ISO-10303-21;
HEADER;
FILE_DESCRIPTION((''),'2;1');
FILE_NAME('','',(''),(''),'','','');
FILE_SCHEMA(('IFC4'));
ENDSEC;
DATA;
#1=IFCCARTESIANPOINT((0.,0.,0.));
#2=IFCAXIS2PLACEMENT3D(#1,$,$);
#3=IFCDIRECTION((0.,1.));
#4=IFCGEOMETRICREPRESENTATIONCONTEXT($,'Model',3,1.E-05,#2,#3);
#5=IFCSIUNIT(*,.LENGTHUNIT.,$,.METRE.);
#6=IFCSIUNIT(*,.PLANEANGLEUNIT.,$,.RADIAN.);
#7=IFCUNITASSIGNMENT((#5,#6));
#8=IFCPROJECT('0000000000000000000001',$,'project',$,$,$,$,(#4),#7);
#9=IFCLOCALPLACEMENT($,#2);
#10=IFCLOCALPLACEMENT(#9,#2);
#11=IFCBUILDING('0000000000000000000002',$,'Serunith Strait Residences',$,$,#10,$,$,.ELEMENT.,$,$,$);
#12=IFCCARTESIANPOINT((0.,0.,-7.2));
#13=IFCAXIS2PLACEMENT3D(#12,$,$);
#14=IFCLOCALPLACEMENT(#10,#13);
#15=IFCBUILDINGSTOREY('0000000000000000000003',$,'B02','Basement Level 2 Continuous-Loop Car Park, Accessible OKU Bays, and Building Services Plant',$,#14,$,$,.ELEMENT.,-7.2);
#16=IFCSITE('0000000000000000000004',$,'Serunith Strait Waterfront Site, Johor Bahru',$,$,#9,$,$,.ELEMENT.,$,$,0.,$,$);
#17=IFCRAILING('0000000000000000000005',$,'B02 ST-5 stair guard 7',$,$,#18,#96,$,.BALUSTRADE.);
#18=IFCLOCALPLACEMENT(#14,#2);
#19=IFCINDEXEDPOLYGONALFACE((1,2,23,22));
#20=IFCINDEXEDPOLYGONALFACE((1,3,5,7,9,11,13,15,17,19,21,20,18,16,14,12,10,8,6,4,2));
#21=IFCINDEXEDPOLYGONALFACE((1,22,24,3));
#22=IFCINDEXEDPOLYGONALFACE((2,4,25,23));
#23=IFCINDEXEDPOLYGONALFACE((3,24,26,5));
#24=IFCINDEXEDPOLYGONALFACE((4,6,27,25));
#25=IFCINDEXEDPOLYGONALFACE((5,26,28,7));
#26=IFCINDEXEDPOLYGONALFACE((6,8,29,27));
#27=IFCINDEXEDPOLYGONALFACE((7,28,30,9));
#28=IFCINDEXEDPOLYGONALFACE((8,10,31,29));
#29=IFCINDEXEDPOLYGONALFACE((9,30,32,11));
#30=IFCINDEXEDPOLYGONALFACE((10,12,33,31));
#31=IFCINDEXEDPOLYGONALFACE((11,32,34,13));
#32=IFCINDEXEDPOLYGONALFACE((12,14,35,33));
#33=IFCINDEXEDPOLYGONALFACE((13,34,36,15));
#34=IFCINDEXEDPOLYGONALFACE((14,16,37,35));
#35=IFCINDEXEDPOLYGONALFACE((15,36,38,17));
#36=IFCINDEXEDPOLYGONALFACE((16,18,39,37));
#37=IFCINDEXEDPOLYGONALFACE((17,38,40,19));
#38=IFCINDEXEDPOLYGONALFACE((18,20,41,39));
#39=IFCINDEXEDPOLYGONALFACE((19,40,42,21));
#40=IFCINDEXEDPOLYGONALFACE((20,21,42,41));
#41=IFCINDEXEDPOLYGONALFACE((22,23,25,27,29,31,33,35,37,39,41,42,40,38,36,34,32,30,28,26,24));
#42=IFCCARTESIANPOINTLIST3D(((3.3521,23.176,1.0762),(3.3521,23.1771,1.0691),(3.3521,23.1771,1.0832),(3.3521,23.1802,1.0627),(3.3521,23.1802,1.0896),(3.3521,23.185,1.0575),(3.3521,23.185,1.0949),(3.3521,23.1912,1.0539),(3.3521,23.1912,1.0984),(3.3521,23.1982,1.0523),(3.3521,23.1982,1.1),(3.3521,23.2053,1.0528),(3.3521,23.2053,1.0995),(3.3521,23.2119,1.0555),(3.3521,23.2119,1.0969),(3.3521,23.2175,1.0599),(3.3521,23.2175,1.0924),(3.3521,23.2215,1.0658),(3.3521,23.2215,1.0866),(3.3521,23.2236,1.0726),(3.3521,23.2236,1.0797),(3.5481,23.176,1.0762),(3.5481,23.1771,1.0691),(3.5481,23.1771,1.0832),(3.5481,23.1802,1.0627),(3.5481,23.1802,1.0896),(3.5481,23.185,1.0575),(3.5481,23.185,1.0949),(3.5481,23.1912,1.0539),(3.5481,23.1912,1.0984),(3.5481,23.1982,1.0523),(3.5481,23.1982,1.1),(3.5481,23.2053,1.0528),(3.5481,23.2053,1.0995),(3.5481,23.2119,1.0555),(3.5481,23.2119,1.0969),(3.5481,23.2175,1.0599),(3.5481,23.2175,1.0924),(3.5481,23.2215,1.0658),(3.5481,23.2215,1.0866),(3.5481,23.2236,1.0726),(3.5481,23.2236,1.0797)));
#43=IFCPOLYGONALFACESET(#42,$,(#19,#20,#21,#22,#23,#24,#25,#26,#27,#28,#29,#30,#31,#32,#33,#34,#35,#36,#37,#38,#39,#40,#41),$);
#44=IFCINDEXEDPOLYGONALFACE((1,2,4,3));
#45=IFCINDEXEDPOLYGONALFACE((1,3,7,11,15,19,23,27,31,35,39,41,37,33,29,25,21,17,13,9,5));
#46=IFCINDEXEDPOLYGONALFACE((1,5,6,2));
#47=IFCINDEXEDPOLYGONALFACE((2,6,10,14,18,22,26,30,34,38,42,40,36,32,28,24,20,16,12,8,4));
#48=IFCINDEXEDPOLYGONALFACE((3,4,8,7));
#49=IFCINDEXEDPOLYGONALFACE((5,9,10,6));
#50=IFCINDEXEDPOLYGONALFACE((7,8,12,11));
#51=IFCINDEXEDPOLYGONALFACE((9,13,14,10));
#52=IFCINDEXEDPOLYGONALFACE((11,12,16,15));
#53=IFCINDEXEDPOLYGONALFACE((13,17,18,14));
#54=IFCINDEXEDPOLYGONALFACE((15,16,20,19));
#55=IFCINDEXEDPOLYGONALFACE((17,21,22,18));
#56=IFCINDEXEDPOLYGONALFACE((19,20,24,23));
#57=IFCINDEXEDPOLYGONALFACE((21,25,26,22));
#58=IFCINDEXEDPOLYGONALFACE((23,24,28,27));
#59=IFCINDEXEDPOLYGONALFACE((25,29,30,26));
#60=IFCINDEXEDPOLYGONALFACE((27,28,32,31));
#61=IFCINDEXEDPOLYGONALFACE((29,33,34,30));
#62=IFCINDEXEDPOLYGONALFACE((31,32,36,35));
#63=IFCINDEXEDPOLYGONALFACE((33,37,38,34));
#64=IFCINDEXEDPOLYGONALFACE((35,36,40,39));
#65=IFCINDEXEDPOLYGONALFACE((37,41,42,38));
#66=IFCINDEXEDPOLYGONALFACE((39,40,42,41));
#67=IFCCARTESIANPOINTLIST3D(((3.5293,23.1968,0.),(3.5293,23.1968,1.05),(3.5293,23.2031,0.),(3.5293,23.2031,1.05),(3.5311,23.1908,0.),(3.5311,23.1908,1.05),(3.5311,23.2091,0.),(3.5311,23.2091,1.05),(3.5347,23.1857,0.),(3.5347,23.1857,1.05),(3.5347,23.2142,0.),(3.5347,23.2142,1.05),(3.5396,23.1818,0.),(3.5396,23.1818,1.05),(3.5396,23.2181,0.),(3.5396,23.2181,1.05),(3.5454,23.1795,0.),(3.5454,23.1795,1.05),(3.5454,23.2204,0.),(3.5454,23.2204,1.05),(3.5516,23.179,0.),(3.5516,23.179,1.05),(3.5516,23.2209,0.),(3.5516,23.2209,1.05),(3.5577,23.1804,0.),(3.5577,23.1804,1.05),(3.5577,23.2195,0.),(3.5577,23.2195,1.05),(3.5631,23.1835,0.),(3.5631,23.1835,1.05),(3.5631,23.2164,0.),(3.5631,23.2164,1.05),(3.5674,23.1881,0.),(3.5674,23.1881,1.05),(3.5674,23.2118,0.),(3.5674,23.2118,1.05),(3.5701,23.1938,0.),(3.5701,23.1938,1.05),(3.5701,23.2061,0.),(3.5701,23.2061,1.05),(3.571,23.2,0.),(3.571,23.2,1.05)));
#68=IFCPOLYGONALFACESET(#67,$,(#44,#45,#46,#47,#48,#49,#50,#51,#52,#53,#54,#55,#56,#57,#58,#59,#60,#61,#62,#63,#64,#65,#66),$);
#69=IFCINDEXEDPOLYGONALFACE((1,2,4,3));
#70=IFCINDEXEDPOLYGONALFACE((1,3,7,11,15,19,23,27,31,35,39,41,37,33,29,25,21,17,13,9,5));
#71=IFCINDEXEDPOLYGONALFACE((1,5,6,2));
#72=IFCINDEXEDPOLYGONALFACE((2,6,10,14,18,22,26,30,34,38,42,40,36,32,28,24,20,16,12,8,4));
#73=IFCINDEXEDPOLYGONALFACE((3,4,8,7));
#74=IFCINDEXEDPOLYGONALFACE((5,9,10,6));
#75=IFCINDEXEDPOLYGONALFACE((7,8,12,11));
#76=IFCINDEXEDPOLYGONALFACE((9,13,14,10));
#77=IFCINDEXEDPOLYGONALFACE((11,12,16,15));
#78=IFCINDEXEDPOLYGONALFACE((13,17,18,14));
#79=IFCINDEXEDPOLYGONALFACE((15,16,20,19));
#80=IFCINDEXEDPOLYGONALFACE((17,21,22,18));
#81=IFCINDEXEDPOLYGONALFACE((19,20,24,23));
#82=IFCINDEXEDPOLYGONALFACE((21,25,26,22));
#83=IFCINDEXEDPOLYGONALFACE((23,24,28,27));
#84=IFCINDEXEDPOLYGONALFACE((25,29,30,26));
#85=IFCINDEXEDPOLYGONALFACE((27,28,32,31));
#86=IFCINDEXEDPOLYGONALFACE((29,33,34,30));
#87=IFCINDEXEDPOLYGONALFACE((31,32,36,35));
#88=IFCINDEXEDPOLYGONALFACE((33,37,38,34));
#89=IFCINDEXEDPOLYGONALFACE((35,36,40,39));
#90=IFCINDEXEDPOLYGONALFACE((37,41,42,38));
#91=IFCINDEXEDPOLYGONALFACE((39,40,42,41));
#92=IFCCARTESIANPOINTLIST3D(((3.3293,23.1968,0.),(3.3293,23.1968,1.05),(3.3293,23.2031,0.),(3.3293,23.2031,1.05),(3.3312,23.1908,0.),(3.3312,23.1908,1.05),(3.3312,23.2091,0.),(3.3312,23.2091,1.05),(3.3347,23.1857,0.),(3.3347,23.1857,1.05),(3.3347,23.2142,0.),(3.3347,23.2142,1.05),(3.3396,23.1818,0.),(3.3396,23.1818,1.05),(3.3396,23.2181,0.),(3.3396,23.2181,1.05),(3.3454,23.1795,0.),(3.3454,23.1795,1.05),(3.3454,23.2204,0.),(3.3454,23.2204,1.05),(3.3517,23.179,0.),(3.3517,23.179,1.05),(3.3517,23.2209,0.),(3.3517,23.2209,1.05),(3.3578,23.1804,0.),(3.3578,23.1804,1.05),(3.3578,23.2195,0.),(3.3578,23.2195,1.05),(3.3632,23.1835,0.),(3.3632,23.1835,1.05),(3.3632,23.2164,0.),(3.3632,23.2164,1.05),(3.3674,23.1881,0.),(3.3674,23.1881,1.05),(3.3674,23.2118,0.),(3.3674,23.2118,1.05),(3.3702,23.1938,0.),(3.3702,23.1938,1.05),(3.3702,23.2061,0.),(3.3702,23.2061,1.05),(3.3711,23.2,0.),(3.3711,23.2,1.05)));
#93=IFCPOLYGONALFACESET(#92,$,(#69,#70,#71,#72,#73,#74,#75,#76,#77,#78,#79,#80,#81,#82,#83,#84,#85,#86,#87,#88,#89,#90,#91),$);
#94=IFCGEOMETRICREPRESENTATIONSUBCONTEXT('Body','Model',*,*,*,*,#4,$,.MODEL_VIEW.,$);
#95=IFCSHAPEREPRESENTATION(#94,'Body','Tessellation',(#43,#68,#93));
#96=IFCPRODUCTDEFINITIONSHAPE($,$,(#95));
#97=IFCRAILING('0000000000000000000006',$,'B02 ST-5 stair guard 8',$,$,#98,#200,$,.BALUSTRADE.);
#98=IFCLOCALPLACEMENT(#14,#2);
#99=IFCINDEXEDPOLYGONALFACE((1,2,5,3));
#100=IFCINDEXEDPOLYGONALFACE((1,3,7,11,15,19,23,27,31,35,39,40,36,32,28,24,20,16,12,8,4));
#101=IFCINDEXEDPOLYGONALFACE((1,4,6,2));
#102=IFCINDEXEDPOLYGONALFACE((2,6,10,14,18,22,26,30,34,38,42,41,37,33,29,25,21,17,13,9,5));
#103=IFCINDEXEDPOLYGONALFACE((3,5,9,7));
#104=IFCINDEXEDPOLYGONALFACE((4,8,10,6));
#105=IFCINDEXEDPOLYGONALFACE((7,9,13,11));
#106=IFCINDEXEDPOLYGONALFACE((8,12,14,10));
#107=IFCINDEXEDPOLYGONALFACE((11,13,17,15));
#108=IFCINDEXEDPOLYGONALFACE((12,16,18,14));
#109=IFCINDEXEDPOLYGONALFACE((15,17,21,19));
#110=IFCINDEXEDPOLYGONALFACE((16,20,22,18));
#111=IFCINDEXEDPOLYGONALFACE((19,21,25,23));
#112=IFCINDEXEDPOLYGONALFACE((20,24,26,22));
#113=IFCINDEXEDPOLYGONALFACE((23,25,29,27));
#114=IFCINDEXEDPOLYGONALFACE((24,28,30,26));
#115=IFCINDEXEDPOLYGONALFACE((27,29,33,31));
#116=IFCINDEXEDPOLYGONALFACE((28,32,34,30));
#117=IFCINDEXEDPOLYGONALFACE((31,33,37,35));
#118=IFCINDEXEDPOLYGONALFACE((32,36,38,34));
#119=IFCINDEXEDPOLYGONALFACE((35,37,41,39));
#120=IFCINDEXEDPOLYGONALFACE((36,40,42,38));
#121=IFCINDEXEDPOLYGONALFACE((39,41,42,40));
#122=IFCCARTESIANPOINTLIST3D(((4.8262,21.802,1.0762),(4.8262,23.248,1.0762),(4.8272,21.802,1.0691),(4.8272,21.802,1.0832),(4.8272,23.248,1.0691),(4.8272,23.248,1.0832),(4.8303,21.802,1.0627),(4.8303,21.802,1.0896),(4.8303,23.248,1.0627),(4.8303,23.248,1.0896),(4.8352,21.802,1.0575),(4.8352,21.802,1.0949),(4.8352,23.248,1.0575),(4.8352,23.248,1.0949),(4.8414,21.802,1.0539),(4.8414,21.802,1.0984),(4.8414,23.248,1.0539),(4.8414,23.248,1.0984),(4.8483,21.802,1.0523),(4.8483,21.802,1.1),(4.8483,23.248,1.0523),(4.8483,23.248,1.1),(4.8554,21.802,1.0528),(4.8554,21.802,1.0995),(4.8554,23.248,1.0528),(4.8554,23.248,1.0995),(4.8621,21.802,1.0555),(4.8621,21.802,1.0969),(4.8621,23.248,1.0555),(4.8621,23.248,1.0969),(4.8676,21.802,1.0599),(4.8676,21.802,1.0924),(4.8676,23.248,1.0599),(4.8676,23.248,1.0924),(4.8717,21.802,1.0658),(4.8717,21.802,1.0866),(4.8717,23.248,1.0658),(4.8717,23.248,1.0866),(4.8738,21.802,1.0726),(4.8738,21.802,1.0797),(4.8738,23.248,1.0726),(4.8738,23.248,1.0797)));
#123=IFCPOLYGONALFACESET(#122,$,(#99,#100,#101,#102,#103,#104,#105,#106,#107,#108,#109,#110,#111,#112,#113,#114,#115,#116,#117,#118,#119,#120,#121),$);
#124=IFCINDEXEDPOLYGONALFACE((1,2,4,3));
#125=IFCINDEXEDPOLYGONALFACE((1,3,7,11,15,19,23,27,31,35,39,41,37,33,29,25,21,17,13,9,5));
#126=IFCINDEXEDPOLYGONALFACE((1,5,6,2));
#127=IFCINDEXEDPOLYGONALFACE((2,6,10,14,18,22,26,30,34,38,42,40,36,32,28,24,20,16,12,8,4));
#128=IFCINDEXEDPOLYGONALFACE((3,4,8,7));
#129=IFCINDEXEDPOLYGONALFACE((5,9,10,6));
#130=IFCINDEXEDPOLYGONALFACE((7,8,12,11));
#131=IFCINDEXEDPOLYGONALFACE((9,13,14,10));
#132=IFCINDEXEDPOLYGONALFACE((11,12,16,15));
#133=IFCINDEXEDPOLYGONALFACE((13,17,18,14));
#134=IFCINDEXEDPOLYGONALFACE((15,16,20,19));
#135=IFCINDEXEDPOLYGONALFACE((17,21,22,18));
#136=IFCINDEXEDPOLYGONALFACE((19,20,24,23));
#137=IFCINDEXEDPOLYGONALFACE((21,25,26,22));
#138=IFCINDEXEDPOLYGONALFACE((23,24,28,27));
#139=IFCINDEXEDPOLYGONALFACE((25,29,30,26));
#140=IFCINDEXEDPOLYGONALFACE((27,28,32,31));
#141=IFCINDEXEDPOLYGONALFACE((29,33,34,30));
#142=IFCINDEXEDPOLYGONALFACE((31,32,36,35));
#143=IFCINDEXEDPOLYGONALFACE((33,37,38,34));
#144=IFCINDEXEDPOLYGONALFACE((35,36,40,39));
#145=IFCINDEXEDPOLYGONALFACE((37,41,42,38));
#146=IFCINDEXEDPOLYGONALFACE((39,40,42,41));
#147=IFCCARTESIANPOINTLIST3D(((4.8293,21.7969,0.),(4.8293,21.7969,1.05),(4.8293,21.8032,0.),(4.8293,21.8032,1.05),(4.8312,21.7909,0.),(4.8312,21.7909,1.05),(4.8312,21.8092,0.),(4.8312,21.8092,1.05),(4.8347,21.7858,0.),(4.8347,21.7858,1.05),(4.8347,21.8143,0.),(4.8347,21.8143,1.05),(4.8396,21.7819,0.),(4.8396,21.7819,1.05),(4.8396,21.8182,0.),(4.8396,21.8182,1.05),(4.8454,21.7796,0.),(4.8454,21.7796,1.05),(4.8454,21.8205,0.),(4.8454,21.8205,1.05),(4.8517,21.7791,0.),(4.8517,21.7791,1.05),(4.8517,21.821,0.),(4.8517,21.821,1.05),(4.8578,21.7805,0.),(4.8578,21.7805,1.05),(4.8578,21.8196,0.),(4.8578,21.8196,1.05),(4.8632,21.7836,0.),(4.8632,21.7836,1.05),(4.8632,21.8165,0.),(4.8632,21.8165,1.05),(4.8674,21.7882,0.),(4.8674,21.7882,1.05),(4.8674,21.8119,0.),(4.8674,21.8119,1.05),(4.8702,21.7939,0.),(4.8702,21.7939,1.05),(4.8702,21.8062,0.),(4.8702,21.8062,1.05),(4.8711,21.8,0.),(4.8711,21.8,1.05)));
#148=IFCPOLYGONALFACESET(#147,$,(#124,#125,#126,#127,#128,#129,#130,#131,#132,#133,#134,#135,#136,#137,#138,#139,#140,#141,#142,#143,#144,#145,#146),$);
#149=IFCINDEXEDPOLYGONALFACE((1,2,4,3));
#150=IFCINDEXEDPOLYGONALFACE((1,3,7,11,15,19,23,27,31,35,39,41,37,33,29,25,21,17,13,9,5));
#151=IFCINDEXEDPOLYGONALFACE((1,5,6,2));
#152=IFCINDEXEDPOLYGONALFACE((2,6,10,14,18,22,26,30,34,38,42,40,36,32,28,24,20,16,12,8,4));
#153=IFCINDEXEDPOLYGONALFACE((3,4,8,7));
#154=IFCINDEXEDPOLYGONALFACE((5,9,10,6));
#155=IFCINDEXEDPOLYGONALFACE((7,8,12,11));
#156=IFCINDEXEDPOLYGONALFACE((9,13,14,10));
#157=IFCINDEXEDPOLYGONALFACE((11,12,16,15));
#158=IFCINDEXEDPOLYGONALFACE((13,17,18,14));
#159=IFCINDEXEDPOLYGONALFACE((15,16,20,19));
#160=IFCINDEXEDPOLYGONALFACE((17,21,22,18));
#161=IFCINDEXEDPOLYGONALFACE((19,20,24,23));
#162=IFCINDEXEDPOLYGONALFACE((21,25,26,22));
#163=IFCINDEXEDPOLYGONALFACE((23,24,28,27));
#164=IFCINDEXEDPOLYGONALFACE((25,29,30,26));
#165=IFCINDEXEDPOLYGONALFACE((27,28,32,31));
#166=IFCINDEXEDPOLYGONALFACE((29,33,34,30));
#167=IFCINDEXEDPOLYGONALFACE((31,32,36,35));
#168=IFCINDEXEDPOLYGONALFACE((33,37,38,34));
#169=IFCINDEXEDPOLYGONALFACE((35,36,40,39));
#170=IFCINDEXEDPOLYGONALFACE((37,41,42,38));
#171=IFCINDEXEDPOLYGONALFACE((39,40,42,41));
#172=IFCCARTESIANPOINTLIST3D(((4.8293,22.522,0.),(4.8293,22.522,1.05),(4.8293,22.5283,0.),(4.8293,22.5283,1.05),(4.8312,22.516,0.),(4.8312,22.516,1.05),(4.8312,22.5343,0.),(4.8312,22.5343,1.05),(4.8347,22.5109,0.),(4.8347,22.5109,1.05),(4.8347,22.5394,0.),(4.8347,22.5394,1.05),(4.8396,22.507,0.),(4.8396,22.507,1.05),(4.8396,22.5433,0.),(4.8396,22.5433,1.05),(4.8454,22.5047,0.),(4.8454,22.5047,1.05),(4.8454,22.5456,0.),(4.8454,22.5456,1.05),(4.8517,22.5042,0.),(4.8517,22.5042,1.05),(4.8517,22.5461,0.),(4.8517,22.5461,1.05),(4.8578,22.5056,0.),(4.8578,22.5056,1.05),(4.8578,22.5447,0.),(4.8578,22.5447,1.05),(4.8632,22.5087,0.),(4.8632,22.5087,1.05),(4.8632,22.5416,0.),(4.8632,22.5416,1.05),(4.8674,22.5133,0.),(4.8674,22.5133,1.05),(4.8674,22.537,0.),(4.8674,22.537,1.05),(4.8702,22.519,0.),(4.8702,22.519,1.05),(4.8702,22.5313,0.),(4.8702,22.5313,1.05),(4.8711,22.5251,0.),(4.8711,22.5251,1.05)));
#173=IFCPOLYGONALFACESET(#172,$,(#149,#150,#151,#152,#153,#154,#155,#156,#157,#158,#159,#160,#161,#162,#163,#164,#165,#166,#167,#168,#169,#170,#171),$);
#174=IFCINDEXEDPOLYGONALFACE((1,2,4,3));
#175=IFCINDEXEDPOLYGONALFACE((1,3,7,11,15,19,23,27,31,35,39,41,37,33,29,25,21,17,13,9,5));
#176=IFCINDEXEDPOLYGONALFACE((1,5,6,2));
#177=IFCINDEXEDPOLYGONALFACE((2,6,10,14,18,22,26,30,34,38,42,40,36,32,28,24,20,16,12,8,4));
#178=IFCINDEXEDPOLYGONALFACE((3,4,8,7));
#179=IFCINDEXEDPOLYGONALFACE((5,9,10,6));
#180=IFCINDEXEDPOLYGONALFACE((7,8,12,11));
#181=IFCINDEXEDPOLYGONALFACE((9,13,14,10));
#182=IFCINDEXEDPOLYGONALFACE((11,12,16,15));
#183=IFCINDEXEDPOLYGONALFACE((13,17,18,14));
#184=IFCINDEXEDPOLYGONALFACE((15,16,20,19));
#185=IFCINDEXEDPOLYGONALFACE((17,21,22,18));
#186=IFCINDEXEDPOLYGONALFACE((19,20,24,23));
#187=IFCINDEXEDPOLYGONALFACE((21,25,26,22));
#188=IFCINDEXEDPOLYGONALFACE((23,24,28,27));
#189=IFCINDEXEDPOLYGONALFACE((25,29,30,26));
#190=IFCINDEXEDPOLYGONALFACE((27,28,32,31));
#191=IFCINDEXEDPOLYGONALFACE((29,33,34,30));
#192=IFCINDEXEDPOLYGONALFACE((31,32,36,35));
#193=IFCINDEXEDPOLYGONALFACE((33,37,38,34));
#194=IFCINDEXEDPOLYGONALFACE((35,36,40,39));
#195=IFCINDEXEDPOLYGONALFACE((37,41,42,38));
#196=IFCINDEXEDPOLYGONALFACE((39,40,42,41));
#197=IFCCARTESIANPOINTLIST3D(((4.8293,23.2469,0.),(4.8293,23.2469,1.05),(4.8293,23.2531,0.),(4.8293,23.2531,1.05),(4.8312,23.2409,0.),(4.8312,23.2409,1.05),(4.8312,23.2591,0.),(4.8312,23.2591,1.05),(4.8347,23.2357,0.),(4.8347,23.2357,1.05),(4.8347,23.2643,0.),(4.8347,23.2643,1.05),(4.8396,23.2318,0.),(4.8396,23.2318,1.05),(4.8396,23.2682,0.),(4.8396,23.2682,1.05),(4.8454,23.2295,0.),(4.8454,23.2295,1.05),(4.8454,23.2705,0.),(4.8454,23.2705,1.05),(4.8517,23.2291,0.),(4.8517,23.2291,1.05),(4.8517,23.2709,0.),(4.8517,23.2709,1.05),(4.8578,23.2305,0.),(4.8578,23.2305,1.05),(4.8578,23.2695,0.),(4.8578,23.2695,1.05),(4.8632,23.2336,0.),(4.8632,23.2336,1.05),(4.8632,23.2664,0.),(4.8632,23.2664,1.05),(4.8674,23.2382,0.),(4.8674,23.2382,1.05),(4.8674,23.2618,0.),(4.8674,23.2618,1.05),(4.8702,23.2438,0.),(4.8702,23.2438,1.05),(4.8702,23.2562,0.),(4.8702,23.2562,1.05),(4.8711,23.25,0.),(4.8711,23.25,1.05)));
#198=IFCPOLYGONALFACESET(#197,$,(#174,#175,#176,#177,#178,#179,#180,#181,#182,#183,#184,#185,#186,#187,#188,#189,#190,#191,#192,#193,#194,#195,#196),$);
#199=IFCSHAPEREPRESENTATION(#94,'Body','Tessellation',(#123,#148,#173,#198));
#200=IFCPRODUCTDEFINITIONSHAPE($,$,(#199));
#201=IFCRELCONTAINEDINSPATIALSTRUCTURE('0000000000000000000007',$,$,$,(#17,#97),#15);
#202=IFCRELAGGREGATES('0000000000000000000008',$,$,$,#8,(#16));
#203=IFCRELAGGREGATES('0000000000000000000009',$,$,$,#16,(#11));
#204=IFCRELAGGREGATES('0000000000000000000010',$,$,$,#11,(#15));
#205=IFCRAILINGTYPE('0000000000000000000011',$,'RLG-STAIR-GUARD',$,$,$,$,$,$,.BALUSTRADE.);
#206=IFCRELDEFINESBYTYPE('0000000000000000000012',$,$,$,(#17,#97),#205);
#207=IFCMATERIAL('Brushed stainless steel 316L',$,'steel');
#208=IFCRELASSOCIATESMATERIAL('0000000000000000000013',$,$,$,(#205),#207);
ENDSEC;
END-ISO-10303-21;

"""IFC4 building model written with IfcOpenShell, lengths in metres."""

from ifc_helpers import new_model, si_unit, direction, frame, origin, origin_2d, place, context, subcontext, project, spatial, circle, extrude, material, type_object, element, save


model = new_model("IFC4")

# Units and contexts
model_context = context("Model", 3, precision=1e-05, world=origin(), true_north=direction((0.0, 1.0)))
body_context = subcontext(model_context, "Body", "Model", "MODEL_VIEW")
ifc_project = project(units=[si_unit("LENGTHUNIT", "METRE"), si_unit("PLANEANGLEUNIT", "RADIAN")], contexts=[model_context])

# Site, building, storey
site_placement = place(None, origin())
site = spatial("IfcSite", under=ifc_project, at=site_placement, Name="Serunith Strait Waterfront Site, Johor Bahru", CompositionType="ELEMENT", RefElevation=0.0)
building_placement = place(site_placement, origin())
building = spatial("IfcBuilding", under=site, at=building_placement, Name="Serunith Strait Residences", CompositionType="ELEMENT")
storey_placement = place(building_placement, frame((0.0, 0.0, -7.2)))
storey = spatial("IfcBuildingStorey", under=building, at=storey_placement, Name="B02", Description="Basement Level 2 Continuous-Loop Car Park, Accessible OKU Bays, and Building Services Plant", CompositionType="ELEMENT", Elevation=-7.2)

# Railings
ifc_material_1 = material(Name="Brushed stainless steel 316L", Category="steel")
railing_type_1 = type_object("IfcRailingType", Name="RLG-STAIR-GUARD", PredefinedType="BALUSTRADE", material=ifc_material_1)
railing_1_placement = place(storey_placement, frame((3.55, 23.2, 0.0)))
element("IfcRailing", 1, at=railing_1_placement, inside=storey, type_object=railing_type_1, Name="B02 ST-5 stair guard 7", PredefinedType="BALUSTRADE", context=body_context, shape_type="SweptSolid", body=[
    extrude(circle(Radius=0.0239, at=origin_2d()), frame((-0.002, 0.0, 1.0762), z_axis=(-1.0, 0.0, 0.0), x_axis=(0.0, -1.0, 0.0)), (0.0, 0.0, 1.0), 0.196),
    extrude(circle(Radius=0.021, at=origin_2d()), origin(), (0.0, 0.0, 1.0), 1.05),
    extrude(circle(Radius=0.021, at=origin_2d()), frame((-0.2, 0.0, 0.0)), (0.0, 0.0, 1.0), 1.05),
])
for number, where, name in (
    (2, (4.8501, 21.8, 0.0), "B02 ST-5 stair guard 8"),
):
    element("IfcRailing", number, at=place(storey_placement, frame(where)), inside=storey, type_object=railing_type_1, Name=name, PredefinedType="BALUSTRADE", context=body_context, shape_type="SweptSolid", body=[
        extrude(circle(Radius=0.0239, at=origin_2d()), frame((0.0, 0.002, 1.0762), z_axis=(0.0, 1.0, 0.0), x_axis=(-1.0, 0.0, 0.0)), (0.0, 0.0, 1.0), 1.446),
        extrude(circle(Radius=0.021, at=origin_2d()), origin(), (0.0, 0.0, 1.0), 1.05),
        extrude(circle(Radius=0.021, at=origin_2d()), frame((0.0, 0.7251, 0.0)), (0.0, 0.0, 1.0), 1.05),
        extrude(circle(Radius=0.021, at=origin_2d()), frame((0.0, 1.45, 0.0)), (0.0, 0.0, 1.0), 1.05),
    ])

save(model, "model.ifc")
